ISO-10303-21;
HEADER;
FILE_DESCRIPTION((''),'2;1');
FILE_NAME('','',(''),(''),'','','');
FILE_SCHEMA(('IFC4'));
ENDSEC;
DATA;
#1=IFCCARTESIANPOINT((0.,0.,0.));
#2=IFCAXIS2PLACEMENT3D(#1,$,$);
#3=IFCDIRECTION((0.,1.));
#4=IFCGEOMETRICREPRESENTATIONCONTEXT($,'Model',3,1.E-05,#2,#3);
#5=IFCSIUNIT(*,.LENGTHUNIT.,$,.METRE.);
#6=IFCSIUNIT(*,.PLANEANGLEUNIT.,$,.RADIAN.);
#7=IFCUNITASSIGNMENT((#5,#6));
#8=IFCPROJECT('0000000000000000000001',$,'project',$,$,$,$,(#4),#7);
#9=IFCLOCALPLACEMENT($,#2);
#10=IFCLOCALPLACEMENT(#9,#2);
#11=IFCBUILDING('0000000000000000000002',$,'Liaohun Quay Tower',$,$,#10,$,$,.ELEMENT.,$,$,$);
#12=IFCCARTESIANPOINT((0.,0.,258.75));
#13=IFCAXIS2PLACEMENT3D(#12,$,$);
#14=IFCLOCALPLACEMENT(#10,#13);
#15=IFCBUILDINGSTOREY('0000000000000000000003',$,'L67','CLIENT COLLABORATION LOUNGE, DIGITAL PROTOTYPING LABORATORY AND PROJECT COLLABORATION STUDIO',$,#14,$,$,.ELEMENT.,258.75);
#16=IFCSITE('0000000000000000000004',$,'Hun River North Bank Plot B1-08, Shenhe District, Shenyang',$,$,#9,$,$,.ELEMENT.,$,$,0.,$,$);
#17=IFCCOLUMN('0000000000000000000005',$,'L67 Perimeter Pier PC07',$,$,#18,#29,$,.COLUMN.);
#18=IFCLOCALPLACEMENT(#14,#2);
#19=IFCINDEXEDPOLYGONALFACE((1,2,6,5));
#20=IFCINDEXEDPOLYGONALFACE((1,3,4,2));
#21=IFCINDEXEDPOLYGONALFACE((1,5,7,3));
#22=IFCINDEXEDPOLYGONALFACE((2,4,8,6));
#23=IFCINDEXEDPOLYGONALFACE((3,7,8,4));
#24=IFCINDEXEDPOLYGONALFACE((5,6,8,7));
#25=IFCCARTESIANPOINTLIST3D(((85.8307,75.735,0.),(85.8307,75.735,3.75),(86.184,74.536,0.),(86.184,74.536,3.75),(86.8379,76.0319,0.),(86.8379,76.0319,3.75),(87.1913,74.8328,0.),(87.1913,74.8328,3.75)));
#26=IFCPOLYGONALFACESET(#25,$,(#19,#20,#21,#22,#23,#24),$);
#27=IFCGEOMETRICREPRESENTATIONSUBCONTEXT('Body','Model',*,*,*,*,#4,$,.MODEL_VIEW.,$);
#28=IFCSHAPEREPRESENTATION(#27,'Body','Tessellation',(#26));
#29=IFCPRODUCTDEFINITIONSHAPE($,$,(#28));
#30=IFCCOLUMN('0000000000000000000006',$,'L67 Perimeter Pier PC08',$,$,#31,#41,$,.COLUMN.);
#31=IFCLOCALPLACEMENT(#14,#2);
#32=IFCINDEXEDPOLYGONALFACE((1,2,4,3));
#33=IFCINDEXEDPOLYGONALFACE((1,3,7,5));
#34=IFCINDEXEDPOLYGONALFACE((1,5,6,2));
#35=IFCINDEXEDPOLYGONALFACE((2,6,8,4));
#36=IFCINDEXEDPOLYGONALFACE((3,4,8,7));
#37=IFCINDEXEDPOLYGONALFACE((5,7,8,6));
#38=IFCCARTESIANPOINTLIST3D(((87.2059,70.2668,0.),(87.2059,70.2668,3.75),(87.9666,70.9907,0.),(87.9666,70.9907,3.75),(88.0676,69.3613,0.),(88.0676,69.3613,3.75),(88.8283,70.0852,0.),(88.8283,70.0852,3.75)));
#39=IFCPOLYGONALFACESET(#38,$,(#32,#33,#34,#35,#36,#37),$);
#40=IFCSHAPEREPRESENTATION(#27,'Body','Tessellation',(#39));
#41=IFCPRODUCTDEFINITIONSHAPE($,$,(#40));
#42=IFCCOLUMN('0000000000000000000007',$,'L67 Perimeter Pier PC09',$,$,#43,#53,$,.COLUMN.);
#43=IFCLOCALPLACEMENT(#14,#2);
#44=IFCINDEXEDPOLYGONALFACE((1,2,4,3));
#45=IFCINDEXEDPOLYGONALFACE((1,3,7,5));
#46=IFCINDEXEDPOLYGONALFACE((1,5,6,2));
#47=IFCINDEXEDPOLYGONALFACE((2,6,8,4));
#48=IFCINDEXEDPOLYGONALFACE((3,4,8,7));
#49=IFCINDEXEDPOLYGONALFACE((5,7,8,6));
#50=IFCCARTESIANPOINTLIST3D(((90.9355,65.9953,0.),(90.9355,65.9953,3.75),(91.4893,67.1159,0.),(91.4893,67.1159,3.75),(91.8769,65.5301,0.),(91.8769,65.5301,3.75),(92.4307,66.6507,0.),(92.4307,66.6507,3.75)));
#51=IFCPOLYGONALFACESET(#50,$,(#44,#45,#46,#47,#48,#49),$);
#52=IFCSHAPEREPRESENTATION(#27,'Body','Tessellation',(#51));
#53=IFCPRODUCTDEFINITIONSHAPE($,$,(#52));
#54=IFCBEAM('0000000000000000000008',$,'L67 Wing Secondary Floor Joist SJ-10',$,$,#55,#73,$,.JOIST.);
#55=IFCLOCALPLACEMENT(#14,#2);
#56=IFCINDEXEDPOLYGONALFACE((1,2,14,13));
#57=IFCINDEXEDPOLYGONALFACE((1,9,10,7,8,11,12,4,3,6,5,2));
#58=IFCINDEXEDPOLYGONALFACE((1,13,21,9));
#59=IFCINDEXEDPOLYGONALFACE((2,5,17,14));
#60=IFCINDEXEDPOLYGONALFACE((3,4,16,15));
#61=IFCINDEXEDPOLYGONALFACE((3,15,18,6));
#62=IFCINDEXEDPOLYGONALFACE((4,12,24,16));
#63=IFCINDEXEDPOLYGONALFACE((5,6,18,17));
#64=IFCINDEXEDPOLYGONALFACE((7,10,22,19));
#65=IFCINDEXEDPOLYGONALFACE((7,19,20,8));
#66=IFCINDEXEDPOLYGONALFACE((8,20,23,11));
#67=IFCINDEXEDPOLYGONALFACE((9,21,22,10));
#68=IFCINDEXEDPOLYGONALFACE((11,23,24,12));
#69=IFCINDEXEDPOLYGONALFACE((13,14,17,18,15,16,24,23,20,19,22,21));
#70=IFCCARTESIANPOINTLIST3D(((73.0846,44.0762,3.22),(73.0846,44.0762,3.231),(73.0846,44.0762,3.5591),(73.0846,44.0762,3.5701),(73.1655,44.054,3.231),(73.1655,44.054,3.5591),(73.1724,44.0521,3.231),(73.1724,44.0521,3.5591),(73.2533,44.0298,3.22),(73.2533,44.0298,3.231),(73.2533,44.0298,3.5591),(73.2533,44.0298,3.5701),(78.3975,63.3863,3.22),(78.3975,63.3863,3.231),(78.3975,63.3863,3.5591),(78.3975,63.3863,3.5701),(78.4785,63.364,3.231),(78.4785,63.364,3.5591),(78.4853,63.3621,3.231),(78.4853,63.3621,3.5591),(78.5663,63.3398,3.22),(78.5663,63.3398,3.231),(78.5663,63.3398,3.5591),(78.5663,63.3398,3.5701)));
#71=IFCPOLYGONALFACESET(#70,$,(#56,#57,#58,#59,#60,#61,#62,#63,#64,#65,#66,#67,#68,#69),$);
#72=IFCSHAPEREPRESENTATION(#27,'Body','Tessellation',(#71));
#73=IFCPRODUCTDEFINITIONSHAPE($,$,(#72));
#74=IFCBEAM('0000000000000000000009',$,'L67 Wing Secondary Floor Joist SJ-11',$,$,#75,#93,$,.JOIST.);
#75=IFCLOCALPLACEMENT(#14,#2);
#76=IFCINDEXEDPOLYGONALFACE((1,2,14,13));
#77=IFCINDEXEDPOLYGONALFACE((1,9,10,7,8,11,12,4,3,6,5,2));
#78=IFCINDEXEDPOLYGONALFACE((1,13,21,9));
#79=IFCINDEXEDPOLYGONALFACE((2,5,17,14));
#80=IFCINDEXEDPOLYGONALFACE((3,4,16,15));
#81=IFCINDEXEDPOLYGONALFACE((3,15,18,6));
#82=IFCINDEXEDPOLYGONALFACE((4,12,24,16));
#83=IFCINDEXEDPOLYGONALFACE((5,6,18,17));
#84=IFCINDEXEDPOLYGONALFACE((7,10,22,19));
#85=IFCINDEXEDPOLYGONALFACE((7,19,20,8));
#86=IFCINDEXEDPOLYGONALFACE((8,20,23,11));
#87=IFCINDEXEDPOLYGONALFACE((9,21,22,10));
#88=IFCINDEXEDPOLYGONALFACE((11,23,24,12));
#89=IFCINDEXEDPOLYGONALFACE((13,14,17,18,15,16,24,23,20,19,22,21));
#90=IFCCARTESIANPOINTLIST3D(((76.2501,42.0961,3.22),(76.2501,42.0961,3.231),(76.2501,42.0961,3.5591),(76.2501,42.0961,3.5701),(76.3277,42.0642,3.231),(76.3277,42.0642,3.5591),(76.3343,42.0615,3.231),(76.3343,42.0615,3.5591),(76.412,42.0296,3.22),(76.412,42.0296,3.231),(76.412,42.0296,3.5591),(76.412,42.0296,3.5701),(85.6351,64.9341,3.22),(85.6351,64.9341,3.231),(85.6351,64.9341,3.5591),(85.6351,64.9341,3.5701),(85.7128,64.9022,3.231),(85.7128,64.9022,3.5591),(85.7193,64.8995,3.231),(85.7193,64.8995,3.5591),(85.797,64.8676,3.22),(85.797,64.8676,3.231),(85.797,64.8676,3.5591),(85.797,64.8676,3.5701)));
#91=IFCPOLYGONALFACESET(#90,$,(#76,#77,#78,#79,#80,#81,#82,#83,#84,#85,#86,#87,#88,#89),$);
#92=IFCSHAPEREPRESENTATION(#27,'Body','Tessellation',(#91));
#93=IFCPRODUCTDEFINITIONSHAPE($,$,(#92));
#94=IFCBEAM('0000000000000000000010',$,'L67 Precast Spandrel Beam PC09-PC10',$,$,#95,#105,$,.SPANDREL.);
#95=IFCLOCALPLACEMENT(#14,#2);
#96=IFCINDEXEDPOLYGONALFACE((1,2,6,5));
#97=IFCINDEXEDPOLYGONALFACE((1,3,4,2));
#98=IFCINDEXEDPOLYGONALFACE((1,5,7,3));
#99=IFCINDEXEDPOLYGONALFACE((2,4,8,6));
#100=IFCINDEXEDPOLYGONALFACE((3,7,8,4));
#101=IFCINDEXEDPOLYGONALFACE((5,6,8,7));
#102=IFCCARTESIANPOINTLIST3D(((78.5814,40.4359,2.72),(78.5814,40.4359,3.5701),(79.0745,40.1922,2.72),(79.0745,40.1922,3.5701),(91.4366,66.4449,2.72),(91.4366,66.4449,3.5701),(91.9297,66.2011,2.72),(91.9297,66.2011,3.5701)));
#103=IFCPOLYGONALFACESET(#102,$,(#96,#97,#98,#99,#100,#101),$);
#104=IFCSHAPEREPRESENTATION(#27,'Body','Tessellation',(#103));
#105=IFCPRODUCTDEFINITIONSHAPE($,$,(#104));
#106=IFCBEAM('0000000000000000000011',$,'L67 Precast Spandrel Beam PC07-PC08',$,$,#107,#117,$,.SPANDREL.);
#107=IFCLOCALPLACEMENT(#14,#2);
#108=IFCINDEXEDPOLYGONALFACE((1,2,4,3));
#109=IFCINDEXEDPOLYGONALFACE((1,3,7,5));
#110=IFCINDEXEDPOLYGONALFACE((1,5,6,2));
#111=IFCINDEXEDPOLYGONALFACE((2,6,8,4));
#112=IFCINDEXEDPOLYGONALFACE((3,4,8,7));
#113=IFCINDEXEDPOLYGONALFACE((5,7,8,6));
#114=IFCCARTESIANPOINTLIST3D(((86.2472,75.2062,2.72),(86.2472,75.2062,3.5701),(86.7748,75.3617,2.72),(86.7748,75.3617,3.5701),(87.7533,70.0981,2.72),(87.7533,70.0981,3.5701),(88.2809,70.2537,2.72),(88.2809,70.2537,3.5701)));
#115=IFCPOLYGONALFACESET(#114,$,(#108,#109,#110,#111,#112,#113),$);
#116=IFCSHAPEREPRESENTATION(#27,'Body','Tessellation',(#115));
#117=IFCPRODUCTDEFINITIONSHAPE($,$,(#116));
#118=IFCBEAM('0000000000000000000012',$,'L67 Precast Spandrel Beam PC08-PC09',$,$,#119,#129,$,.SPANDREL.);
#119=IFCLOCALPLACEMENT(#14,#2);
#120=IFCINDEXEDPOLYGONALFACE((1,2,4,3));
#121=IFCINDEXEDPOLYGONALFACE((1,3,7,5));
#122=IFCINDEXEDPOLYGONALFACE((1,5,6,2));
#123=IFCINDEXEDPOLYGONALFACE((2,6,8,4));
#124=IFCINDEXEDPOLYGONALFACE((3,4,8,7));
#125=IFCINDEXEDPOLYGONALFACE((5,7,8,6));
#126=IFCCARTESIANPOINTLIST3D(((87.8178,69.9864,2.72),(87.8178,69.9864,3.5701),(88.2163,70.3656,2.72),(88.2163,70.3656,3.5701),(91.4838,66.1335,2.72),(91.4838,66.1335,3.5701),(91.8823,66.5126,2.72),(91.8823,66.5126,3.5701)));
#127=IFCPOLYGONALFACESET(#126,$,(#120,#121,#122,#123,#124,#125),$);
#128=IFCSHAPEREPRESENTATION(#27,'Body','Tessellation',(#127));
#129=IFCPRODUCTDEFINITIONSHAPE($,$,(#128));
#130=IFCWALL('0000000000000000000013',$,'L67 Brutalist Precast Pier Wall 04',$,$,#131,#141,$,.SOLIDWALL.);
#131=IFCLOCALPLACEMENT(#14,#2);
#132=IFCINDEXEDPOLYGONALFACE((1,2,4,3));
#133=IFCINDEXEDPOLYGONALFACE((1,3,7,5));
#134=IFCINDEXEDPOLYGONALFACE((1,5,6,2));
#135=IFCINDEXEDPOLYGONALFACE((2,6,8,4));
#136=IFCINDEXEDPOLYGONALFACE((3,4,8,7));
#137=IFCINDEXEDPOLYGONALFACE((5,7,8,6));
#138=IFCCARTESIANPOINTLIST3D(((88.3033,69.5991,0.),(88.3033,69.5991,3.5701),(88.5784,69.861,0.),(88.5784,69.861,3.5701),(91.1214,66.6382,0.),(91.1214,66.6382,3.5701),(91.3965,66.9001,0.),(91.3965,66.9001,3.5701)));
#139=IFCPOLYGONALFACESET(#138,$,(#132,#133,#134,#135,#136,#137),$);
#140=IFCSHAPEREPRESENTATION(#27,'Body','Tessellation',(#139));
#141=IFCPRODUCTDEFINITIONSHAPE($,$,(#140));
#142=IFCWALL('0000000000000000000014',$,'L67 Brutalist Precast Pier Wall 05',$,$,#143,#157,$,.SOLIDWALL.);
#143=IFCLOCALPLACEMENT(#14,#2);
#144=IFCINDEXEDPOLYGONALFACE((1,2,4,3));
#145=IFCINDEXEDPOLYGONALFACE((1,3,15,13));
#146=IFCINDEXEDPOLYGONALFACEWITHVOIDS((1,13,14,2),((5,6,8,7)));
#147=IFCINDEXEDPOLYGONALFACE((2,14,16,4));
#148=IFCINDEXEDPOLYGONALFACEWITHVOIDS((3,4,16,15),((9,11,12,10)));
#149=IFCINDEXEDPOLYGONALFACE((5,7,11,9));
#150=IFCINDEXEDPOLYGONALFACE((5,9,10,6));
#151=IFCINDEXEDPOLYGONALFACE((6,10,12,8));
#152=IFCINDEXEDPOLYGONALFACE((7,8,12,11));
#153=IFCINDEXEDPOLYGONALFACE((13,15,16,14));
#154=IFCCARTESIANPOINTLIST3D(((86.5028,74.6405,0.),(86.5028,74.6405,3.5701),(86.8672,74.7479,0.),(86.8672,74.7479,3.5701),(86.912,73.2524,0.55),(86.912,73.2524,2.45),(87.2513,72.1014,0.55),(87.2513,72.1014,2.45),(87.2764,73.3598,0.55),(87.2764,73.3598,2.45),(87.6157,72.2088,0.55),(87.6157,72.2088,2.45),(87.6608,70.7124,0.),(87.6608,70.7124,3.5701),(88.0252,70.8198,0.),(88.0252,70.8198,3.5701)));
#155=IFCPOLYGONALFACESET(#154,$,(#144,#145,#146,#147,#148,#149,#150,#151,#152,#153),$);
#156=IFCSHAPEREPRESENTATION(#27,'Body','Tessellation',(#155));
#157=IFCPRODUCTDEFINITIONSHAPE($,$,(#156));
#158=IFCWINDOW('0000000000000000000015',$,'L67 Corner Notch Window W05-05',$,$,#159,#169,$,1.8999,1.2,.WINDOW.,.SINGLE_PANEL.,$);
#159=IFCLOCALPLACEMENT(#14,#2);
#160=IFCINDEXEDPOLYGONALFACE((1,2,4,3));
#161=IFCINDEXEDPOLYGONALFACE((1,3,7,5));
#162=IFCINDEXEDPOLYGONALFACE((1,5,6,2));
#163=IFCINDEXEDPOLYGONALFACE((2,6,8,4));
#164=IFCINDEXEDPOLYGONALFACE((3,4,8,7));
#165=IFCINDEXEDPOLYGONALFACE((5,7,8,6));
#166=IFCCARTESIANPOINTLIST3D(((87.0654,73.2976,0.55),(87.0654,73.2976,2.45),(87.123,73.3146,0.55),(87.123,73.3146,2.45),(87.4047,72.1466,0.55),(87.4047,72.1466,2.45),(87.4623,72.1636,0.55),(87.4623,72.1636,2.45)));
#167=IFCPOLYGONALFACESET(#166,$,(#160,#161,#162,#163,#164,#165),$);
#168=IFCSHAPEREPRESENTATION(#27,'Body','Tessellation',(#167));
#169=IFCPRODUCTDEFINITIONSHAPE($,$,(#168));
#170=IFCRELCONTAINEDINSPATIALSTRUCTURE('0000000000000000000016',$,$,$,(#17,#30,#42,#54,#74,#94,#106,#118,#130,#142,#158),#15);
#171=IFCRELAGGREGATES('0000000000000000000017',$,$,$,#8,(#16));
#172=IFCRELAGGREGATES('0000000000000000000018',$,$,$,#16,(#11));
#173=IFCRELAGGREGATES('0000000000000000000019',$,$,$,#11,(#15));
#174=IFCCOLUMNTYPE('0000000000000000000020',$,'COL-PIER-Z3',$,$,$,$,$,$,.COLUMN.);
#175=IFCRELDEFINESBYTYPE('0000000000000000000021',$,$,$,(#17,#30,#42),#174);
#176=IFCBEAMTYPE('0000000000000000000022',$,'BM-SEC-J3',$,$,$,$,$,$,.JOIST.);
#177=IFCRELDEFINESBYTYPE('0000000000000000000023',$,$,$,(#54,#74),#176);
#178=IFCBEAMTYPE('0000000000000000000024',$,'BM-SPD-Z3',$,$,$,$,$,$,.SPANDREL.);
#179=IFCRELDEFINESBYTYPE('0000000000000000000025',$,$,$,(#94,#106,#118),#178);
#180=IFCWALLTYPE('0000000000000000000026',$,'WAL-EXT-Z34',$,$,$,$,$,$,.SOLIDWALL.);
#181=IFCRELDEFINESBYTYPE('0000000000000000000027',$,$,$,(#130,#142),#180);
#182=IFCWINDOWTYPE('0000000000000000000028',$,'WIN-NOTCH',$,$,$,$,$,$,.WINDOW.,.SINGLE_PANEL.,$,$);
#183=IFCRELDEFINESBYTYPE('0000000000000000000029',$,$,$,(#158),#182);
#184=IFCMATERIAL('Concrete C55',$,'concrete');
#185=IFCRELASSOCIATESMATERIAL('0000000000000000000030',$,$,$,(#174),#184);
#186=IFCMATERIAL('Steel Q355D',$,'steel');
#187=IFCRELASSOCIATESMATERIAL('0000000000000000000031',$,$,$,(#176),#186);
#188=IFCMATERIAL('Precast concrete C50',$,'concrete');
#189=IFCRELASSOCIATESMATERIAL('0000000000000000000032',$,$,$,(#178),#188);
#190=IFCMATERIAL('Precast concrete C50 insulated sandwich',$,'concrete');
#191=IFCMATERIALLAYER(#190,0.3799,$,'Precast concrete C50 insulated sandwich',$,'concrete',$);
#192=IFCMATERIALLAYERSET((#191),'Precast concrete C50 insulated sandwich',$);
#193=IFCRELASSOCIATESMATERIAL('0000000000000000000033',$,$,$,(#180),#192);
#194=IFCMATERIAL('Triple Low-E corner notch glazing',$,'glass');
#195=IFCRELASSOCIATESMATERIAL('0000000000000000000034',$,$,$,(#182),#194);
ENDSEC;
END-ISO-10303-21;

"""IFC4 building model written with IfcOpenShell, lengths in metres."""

from ifc_helpers import new_model, si_unit, direction, frame, frame_2d, origin, origin_2d, place, context, subcontext, project, spatial, rectangle, i_section, extrude, source, transform, mapped, material, layer, layer_set, material_profile, profile_set, type_object, element, fill, save


model = new_model("IFC4")

# Units and contexts
model_context = context("Model", 3, precision=1e-05, world=origin(), true_north=direction((0.0, 1.0)))
body_context = subcontext(model_context, "Body", "Model", "MODEL_VIEW")
ifc_project = project(units=[si_unit("LENGTHUNIT", "METRE"), si_unit("PLANEANGLEUNIT", "RADIAN")], contexts=[model_context])

# Site, building, storey
site_placement = place(None, origin())
site = spatial("IfcSite", under=ifc_project, at=site_placement, Name="Hun River North Bank Plot B1-08, Shenhe District, Shenyang", CompositionType="ELEMENT", RefElevation=0.0)
building_placement = place(site_placement, origin())
building = spatial("IfcBuilding", under=site, at=building_placement, Name="Liaohun Quay Tower", CompositionType="ELEMENT")
storey_placement = place(building_placement, frame((0.0, 0.0, 258.75)))
storey = spatial("IfcBuildingStorey", under=building, at=storey_placement, Name="L67", Description="CLIENT COLLABORATION LOUNGE, DIGITAL PROTOTYPING LABORATORY AND PROJECT COLLABORATION STUDIO", CompositionType="ELEMENT", Elevation=258.75)

# Columns
ifc_material_1 = material(Name="Concrete C55", Category="concrete")
ifc_material_profile_1 = material_profile(ifc_material_1, rectangle(XDim=1.25, YDim=1.05, at=origin_2d()), Name="RC1250x1050")
ifc_profile_set_1 = profile_set([ifc_material_profile_1], Name="Concrete C55")
column_type = type_object("IfcColumnType", Name="COL-PIER-Z3", PredefinedType="COLUMN", material=ifc_profile_set_1)
shared_shape_1 = source(origin(), body_context, "Body", "SweptSolid", [
    extrude(rectangle(XDim=1.25, YDim=1.05, at=origin_2d()), origin(), (0.0, 0.0, 1.0), 3.75),
])
for number, where, z_axis, x_axis, name in (
    (1, (86.511, 75.2839, 0.0), (0.0, 0.0, 1.0), (-0.282676, 0.959215, 0.0), "L67 Perimeter Pier PC07"),
    (2, (88.0171, 70.176, 0.0), (0.0, 0.0, 1.0), (-0.689367, 0.724413, 0.0), "L67 Perimeter Pier PC08"),
    (3, (91.6831, 66.323, 0.0), (0.0, 0.0, 1.0), (0.443071, 0.896486, 0.0), "L67 Perimeter Pier PC09"),
):
    element("IfcColumn", number, at=place(storey_placement, frame(where, z_axis=z_axis, x_axis=x_axis)), inside=storey, type_object=column_type, Name=name, PredefinedType="COLUMN", context=body_context, shape_type="MappedRepresentation", body=[
        mapped(shared_shape_1, transform((0.0, 0.0, 0.0), x_axis=(1.0, 0.0, 0.0), y_axis=(0.0, 1.0, 0.0), z_axis=(0.0, 0.0, 1.0), scale=1.0)),
    ])

# Beams
ifc_material_2 = material(Name="Steel Q355D", Category="steel")
ifc_material_profile_2 = material_profile(ifc_material_2, i_section(OverallWidth=0.175, OverallDepth=0.3501, WebThickness=0.0071, FlangeThickness=0.011, at=origin_2d()), Name="HN350x175x7x11")
ifc_profile_set_2 = profile_set([ifc_material_profile_2], Name="Steel Q355D")
beam_type_1 = type_object("IfcBeamType", Name="BM-SEC-J3", PredefinedType="JOIST", material=ifc_profile_set_2)
shared_shape_2 = source(origin(), body_context, "Body", "SweptSolid", [
    extrude(i_section(OverallWidth=0.175, OverallDepth=0.3501, WebThickness=0.0071, FlangeThickness=0.011, at=origin_2d()), origin(), (0.0, 0.0, 1.0), 20.0276),
])
beam_1_placement = place(storey_placement, frame((78.4819, 63.363, 3.395), z_axis=(-0.265283, -0.964171, 0.0), x_axis=(0.964171, -0.265283, 0.0)))
element("IfcBeam", 4, at=beam_1_placement, inside=storey, type_object=beam_type_1, Name="L67 Wing Secondary Floor Joist SJ-10", PredefinedType="JOIST", context=body_context, shape_type="MappedRepresentation", body=[
    mapped(shared_shape_2, transform((0.0, 0.0, 0.0), x_axis=(1.0, 0.0, 0.0), y_axis=(0.0, 1.0, 0.0), z_axis=(0.0, 0.0, 1.0), scale=1.0)),
])
shared_shape_3 = source(origin(), body_context, "Body", "SweptSolid", [
    extrude(i_section(OverallWidth=0.175, OverallDepth=0.3501, WebThickness=0.0071, FlangeThickness=0.011, at=origin_2d()), origin(), (0.0, 0.0, 1.0), 24.6912),
])
beam_2_placement = place(storey_placement, frame((85.7161, 64.9009, 3.395), z_axis=(-0.380098, -0.924946, 0.0), x_axis=(0.924946, -0.380098, 0.0)))
element("IfcBeam", 5, at=beam_2_placement, inside=storey, type_object=beam_type_1, Name="L67 Wing Secondary Floor Joist SJ-11", PredefinedType="JOIST", context=body_context, shape_type="MappedRepresentation", body=[
    mapped(shared_shape_3, transform((0.0, 0.0, 0.0), x_axis=(1.0, 0.0, 0.0), y_axis=(0.0, 1.0, 0.0), z_axis=(0.0, 0.0, 1.0), scale=1.0)),
])
ifc_material_3 = material(Name="Precast concrete C50", Category="concrete")
ifc_material_profile_3 = material_profile(ifc_material_3, rectangle(XDim=0.55, YDim=0.8501, at=origin_2d()), Name="RC550x850")
ifc_profile_set_3 = profile_set([ifc_material_profile_3], Name="Precast concrete C50")
beam_type_2 = type_object("IfcBeamType", Name="BM-SPD-Z3", PredefinedType="SPANDREL", material=ifc_profile_set_3)
shared_shape_4 = source(origin(), body_context, "Body", "SweptSolid", [
    extrude(rectangle(XDim=0.55, YDim=0.8501, at=origin_2d()), origin(), (0.0, 0.0, 1.0), 29.0125),
])
beam_3_placement = place(storey_placement, frame((91.6831, 66.323, 3.145), z_axis=(-0.443092, -0.896476, 0.0), x_axis=(0.896476, -0.443092, 0.0)))
element("IfcBeam", 6, at=beam_3_placement, inside=storey, type_object=beam_type_2, Name="L67 Precast Spandrel Beam PC09-PC10", PredefinedType="SPANDREL", context=body_context, shape_type="MappedRepresentation", body=[
    mapped(shared_shape_4, transform((0.0, 0.0, 0.0), x_axis=(1.0, 0.0, 0.0), y_axis=(0.0, 1.0, 0.0), z_axis=(0.0, 0.0, 1.0), scale=1.0)),
])
shared_shape_5 = source(origin(), body_context, "Body", "SweptSolid", [
    extrude(rectangle(XDim=0.55, YDim=0.8501, at=origin_2d()), origin(), (0.0, 0.0, 1.0), 5.3254),
])
beam_4_placement = place(storey_placement, frame((86.511, 75.2839, 3.145), z_axis=(0.282819, -0.959173, 0.0), x_axis=(0.959173, 0.282819, 0.0)))
element("IfcBeam", 7, at=beam_4_placement, inside=storey, type_object=beam_type_2, Name="L67 Precast Spandrel Beam PC07-PC08", PredefinedType="SPANDREL", context=body_context, shape_type="MappedRepresentation", body=[
    mapped(shared_shape_5, transform((0.0, 0.0, 0.0), x_axis=(1.0, 0.0, 0.0), y_axis=(0.0, 1.0, 0.0), z_axis=(0.0, 0.0, 1.0), scale=1.0)),
])
shared_shape_6 = source(origin(), body_context, "Body", "SweptSolid", [
    extrude(rectangle(XDim=0.55, YDim=0.8501, at=origin_2d()), origin(), (0.0, 0.0, 1.0), 5.3184),
])
beam_5_placement = place(storey_placement, frame((88.0171, 70.176, 3.145), z_axis=(0.689307, -0.72447, 0.0), x_axis=(0.72447, 0.689307, 0.0)))
element("IfcBeam", 8, at=beam_5_placement, inside=storey, type_object=beam_type_2, Name="L67 Precast Spandrel Beam PC08-PC09", PredefinedType="SPANDREL", context=body_context, shape_type="MappedRepresentation", body=[
    mapped(shared_shape_6, transform((0.0, 0.0, 0.0), x_axis=(1.0, 0.0, 0.0), y_axis=(0.0, 1.0, 0.0), z_axis=(0.0, 0.0, 1.0), scale=1.0)),
])

# Wall
ifc_material_4 = material(Name="Precast concrete C50 insulated sandwich", Category="concrete")
ifc_layer_1 = layer(ifc_material_4, 0.3799, Name="Precast concrete C50 insulated sandwich", Category="concrete")
ifc_layer_set_1 = layer_set([ifc_layer_1], Name="Precast concrete C50 insulated sandwich")
wall_type_1 = type_object("IfcWallType", Name="WAL-EXT-Z34", PredefinedType="SOLIDWALL", material=ifc_layer_set_1)
wall_1_placement = place(storey_placement, frame((91.259, 66.769, 0.0), z_axis=(0.0, 0.0, 1.0), x_axis=(-0.689421, 0.724361, 0.0)))
element("IfcWall", 9, at=wall_1_placement, inside=storey, type_object=wall_type_1, Name="L67 Brutalist Precast Pier Wall 04", PredefinedType="SOLIDWALL", context=body_context, shape_type="SweptSolid", body=[
    extrude(rectangle(XDim=4.0876, YDim=0.3799, at=frame_2d((2.0439, 0.0))), origin(), (0.0, 0.0, 1.0), 3.5701),
])

# Wall, opening, window
wall_2_placement = place(storey_placement, frame((87.843, 70.7661, 0.0), z_axis=(0.0, 0.0, 1.0), x_axis=(-0.282767, 0.959189, 0.0)))
wall_2 = element("IfcWall", 10, at=wall_2_placement, inside=storey, type_object=wall_type_1, Name="L67 Brutalist Precast Pier Wall 05", PredefinedType="SOLIDWALL", context=body_context, shape_type="SweptSolid", body=[
    extrude(rectangle(XDim=4.0952, YDim=0.3799, at=frame_2d((2.0476, 0.0))), origin(), (0.0, 0.0, 1.0), 3.5701),
])
shared_shape_7 = source(origin(), body_context, "Body", "SweptSolid", [
    extrude(rectangle(XDim=1.2, YDim=1.8999, at=frame_2d((0.6001, 0.95))), frame((0.0, 0.2, 0.0), z_axis=(0.0, -1.0, 0.0), x_axis=(1.0, 0.0, 0.0)), (0.0, 0.0, 1.0), 0.3999),
])
opening_1_placement = place(wall_2_placement, frame((1.448, 0.0, 0.55)))
opening_1 = element("IfcOpeningElement", 11, at=opening_1_placement, cuts=wall_2, PredefinedType="OPENING", context=body_context, shape_type="MappedRepresentation", body=[
    mapped(shared_shape_7, transform((0.0, 0.0, 0.0), x_axis=(1.0, 0.0, 0.0), y_axis=(0.0, 1.0, 0.0), z_axis=(0.0, 0.0, 1.0), scale=1.0)),
])
ifc_material_5 = material(Name="Triple Low-E corner notch glazing", Category="glass")
window_type_1 = type_object("IfcWindowType", Name="WIN-NOTCH", PartitioningType="SINGLE_PANEL", PredefinedType="WINDOW", material=ifc_material_5)
shared_shape_8 = source(origin(), body_context, "Body", "SweptSolid", [
    extrude(rectangle(XDim=1.2, YDim=1.8999, at=frame_2d((0.6001, 0.95))), frame((0.0, 0.03, 0.0), z_axis=(0.0, -1.0, 0.0), x_axis=(1.0, 0.0, 0.0)), (0.0, 0.0, 1.0), 0.0601),
])
window_1_placement = place(opening_1_placement, origin())
window_1 = element("IfcWindow", 12, at=window_1_placement, inside=storey, type_object=window_type_1, Name="L67 Corner Notch Window W05-05", OverallHeight=1.8999, OverallWidth=1.2, PartitioningType="SINGLE_PANEL", PredefinedType="WINDOW", context=body_context, shape_type="MappedRepresentation", body=[
    mapped(shared_shape_8, transform((0.0, 0.0, 0.0), x_axis=(1.0, 0.0, 0.0), y_axis=(0.0, 1.0, 0.0), z_axis=(0.0, 0.0, 1.0), scale=1.0)),
])
fill(opening_1, window_1)

save(model, "model.ifc")
